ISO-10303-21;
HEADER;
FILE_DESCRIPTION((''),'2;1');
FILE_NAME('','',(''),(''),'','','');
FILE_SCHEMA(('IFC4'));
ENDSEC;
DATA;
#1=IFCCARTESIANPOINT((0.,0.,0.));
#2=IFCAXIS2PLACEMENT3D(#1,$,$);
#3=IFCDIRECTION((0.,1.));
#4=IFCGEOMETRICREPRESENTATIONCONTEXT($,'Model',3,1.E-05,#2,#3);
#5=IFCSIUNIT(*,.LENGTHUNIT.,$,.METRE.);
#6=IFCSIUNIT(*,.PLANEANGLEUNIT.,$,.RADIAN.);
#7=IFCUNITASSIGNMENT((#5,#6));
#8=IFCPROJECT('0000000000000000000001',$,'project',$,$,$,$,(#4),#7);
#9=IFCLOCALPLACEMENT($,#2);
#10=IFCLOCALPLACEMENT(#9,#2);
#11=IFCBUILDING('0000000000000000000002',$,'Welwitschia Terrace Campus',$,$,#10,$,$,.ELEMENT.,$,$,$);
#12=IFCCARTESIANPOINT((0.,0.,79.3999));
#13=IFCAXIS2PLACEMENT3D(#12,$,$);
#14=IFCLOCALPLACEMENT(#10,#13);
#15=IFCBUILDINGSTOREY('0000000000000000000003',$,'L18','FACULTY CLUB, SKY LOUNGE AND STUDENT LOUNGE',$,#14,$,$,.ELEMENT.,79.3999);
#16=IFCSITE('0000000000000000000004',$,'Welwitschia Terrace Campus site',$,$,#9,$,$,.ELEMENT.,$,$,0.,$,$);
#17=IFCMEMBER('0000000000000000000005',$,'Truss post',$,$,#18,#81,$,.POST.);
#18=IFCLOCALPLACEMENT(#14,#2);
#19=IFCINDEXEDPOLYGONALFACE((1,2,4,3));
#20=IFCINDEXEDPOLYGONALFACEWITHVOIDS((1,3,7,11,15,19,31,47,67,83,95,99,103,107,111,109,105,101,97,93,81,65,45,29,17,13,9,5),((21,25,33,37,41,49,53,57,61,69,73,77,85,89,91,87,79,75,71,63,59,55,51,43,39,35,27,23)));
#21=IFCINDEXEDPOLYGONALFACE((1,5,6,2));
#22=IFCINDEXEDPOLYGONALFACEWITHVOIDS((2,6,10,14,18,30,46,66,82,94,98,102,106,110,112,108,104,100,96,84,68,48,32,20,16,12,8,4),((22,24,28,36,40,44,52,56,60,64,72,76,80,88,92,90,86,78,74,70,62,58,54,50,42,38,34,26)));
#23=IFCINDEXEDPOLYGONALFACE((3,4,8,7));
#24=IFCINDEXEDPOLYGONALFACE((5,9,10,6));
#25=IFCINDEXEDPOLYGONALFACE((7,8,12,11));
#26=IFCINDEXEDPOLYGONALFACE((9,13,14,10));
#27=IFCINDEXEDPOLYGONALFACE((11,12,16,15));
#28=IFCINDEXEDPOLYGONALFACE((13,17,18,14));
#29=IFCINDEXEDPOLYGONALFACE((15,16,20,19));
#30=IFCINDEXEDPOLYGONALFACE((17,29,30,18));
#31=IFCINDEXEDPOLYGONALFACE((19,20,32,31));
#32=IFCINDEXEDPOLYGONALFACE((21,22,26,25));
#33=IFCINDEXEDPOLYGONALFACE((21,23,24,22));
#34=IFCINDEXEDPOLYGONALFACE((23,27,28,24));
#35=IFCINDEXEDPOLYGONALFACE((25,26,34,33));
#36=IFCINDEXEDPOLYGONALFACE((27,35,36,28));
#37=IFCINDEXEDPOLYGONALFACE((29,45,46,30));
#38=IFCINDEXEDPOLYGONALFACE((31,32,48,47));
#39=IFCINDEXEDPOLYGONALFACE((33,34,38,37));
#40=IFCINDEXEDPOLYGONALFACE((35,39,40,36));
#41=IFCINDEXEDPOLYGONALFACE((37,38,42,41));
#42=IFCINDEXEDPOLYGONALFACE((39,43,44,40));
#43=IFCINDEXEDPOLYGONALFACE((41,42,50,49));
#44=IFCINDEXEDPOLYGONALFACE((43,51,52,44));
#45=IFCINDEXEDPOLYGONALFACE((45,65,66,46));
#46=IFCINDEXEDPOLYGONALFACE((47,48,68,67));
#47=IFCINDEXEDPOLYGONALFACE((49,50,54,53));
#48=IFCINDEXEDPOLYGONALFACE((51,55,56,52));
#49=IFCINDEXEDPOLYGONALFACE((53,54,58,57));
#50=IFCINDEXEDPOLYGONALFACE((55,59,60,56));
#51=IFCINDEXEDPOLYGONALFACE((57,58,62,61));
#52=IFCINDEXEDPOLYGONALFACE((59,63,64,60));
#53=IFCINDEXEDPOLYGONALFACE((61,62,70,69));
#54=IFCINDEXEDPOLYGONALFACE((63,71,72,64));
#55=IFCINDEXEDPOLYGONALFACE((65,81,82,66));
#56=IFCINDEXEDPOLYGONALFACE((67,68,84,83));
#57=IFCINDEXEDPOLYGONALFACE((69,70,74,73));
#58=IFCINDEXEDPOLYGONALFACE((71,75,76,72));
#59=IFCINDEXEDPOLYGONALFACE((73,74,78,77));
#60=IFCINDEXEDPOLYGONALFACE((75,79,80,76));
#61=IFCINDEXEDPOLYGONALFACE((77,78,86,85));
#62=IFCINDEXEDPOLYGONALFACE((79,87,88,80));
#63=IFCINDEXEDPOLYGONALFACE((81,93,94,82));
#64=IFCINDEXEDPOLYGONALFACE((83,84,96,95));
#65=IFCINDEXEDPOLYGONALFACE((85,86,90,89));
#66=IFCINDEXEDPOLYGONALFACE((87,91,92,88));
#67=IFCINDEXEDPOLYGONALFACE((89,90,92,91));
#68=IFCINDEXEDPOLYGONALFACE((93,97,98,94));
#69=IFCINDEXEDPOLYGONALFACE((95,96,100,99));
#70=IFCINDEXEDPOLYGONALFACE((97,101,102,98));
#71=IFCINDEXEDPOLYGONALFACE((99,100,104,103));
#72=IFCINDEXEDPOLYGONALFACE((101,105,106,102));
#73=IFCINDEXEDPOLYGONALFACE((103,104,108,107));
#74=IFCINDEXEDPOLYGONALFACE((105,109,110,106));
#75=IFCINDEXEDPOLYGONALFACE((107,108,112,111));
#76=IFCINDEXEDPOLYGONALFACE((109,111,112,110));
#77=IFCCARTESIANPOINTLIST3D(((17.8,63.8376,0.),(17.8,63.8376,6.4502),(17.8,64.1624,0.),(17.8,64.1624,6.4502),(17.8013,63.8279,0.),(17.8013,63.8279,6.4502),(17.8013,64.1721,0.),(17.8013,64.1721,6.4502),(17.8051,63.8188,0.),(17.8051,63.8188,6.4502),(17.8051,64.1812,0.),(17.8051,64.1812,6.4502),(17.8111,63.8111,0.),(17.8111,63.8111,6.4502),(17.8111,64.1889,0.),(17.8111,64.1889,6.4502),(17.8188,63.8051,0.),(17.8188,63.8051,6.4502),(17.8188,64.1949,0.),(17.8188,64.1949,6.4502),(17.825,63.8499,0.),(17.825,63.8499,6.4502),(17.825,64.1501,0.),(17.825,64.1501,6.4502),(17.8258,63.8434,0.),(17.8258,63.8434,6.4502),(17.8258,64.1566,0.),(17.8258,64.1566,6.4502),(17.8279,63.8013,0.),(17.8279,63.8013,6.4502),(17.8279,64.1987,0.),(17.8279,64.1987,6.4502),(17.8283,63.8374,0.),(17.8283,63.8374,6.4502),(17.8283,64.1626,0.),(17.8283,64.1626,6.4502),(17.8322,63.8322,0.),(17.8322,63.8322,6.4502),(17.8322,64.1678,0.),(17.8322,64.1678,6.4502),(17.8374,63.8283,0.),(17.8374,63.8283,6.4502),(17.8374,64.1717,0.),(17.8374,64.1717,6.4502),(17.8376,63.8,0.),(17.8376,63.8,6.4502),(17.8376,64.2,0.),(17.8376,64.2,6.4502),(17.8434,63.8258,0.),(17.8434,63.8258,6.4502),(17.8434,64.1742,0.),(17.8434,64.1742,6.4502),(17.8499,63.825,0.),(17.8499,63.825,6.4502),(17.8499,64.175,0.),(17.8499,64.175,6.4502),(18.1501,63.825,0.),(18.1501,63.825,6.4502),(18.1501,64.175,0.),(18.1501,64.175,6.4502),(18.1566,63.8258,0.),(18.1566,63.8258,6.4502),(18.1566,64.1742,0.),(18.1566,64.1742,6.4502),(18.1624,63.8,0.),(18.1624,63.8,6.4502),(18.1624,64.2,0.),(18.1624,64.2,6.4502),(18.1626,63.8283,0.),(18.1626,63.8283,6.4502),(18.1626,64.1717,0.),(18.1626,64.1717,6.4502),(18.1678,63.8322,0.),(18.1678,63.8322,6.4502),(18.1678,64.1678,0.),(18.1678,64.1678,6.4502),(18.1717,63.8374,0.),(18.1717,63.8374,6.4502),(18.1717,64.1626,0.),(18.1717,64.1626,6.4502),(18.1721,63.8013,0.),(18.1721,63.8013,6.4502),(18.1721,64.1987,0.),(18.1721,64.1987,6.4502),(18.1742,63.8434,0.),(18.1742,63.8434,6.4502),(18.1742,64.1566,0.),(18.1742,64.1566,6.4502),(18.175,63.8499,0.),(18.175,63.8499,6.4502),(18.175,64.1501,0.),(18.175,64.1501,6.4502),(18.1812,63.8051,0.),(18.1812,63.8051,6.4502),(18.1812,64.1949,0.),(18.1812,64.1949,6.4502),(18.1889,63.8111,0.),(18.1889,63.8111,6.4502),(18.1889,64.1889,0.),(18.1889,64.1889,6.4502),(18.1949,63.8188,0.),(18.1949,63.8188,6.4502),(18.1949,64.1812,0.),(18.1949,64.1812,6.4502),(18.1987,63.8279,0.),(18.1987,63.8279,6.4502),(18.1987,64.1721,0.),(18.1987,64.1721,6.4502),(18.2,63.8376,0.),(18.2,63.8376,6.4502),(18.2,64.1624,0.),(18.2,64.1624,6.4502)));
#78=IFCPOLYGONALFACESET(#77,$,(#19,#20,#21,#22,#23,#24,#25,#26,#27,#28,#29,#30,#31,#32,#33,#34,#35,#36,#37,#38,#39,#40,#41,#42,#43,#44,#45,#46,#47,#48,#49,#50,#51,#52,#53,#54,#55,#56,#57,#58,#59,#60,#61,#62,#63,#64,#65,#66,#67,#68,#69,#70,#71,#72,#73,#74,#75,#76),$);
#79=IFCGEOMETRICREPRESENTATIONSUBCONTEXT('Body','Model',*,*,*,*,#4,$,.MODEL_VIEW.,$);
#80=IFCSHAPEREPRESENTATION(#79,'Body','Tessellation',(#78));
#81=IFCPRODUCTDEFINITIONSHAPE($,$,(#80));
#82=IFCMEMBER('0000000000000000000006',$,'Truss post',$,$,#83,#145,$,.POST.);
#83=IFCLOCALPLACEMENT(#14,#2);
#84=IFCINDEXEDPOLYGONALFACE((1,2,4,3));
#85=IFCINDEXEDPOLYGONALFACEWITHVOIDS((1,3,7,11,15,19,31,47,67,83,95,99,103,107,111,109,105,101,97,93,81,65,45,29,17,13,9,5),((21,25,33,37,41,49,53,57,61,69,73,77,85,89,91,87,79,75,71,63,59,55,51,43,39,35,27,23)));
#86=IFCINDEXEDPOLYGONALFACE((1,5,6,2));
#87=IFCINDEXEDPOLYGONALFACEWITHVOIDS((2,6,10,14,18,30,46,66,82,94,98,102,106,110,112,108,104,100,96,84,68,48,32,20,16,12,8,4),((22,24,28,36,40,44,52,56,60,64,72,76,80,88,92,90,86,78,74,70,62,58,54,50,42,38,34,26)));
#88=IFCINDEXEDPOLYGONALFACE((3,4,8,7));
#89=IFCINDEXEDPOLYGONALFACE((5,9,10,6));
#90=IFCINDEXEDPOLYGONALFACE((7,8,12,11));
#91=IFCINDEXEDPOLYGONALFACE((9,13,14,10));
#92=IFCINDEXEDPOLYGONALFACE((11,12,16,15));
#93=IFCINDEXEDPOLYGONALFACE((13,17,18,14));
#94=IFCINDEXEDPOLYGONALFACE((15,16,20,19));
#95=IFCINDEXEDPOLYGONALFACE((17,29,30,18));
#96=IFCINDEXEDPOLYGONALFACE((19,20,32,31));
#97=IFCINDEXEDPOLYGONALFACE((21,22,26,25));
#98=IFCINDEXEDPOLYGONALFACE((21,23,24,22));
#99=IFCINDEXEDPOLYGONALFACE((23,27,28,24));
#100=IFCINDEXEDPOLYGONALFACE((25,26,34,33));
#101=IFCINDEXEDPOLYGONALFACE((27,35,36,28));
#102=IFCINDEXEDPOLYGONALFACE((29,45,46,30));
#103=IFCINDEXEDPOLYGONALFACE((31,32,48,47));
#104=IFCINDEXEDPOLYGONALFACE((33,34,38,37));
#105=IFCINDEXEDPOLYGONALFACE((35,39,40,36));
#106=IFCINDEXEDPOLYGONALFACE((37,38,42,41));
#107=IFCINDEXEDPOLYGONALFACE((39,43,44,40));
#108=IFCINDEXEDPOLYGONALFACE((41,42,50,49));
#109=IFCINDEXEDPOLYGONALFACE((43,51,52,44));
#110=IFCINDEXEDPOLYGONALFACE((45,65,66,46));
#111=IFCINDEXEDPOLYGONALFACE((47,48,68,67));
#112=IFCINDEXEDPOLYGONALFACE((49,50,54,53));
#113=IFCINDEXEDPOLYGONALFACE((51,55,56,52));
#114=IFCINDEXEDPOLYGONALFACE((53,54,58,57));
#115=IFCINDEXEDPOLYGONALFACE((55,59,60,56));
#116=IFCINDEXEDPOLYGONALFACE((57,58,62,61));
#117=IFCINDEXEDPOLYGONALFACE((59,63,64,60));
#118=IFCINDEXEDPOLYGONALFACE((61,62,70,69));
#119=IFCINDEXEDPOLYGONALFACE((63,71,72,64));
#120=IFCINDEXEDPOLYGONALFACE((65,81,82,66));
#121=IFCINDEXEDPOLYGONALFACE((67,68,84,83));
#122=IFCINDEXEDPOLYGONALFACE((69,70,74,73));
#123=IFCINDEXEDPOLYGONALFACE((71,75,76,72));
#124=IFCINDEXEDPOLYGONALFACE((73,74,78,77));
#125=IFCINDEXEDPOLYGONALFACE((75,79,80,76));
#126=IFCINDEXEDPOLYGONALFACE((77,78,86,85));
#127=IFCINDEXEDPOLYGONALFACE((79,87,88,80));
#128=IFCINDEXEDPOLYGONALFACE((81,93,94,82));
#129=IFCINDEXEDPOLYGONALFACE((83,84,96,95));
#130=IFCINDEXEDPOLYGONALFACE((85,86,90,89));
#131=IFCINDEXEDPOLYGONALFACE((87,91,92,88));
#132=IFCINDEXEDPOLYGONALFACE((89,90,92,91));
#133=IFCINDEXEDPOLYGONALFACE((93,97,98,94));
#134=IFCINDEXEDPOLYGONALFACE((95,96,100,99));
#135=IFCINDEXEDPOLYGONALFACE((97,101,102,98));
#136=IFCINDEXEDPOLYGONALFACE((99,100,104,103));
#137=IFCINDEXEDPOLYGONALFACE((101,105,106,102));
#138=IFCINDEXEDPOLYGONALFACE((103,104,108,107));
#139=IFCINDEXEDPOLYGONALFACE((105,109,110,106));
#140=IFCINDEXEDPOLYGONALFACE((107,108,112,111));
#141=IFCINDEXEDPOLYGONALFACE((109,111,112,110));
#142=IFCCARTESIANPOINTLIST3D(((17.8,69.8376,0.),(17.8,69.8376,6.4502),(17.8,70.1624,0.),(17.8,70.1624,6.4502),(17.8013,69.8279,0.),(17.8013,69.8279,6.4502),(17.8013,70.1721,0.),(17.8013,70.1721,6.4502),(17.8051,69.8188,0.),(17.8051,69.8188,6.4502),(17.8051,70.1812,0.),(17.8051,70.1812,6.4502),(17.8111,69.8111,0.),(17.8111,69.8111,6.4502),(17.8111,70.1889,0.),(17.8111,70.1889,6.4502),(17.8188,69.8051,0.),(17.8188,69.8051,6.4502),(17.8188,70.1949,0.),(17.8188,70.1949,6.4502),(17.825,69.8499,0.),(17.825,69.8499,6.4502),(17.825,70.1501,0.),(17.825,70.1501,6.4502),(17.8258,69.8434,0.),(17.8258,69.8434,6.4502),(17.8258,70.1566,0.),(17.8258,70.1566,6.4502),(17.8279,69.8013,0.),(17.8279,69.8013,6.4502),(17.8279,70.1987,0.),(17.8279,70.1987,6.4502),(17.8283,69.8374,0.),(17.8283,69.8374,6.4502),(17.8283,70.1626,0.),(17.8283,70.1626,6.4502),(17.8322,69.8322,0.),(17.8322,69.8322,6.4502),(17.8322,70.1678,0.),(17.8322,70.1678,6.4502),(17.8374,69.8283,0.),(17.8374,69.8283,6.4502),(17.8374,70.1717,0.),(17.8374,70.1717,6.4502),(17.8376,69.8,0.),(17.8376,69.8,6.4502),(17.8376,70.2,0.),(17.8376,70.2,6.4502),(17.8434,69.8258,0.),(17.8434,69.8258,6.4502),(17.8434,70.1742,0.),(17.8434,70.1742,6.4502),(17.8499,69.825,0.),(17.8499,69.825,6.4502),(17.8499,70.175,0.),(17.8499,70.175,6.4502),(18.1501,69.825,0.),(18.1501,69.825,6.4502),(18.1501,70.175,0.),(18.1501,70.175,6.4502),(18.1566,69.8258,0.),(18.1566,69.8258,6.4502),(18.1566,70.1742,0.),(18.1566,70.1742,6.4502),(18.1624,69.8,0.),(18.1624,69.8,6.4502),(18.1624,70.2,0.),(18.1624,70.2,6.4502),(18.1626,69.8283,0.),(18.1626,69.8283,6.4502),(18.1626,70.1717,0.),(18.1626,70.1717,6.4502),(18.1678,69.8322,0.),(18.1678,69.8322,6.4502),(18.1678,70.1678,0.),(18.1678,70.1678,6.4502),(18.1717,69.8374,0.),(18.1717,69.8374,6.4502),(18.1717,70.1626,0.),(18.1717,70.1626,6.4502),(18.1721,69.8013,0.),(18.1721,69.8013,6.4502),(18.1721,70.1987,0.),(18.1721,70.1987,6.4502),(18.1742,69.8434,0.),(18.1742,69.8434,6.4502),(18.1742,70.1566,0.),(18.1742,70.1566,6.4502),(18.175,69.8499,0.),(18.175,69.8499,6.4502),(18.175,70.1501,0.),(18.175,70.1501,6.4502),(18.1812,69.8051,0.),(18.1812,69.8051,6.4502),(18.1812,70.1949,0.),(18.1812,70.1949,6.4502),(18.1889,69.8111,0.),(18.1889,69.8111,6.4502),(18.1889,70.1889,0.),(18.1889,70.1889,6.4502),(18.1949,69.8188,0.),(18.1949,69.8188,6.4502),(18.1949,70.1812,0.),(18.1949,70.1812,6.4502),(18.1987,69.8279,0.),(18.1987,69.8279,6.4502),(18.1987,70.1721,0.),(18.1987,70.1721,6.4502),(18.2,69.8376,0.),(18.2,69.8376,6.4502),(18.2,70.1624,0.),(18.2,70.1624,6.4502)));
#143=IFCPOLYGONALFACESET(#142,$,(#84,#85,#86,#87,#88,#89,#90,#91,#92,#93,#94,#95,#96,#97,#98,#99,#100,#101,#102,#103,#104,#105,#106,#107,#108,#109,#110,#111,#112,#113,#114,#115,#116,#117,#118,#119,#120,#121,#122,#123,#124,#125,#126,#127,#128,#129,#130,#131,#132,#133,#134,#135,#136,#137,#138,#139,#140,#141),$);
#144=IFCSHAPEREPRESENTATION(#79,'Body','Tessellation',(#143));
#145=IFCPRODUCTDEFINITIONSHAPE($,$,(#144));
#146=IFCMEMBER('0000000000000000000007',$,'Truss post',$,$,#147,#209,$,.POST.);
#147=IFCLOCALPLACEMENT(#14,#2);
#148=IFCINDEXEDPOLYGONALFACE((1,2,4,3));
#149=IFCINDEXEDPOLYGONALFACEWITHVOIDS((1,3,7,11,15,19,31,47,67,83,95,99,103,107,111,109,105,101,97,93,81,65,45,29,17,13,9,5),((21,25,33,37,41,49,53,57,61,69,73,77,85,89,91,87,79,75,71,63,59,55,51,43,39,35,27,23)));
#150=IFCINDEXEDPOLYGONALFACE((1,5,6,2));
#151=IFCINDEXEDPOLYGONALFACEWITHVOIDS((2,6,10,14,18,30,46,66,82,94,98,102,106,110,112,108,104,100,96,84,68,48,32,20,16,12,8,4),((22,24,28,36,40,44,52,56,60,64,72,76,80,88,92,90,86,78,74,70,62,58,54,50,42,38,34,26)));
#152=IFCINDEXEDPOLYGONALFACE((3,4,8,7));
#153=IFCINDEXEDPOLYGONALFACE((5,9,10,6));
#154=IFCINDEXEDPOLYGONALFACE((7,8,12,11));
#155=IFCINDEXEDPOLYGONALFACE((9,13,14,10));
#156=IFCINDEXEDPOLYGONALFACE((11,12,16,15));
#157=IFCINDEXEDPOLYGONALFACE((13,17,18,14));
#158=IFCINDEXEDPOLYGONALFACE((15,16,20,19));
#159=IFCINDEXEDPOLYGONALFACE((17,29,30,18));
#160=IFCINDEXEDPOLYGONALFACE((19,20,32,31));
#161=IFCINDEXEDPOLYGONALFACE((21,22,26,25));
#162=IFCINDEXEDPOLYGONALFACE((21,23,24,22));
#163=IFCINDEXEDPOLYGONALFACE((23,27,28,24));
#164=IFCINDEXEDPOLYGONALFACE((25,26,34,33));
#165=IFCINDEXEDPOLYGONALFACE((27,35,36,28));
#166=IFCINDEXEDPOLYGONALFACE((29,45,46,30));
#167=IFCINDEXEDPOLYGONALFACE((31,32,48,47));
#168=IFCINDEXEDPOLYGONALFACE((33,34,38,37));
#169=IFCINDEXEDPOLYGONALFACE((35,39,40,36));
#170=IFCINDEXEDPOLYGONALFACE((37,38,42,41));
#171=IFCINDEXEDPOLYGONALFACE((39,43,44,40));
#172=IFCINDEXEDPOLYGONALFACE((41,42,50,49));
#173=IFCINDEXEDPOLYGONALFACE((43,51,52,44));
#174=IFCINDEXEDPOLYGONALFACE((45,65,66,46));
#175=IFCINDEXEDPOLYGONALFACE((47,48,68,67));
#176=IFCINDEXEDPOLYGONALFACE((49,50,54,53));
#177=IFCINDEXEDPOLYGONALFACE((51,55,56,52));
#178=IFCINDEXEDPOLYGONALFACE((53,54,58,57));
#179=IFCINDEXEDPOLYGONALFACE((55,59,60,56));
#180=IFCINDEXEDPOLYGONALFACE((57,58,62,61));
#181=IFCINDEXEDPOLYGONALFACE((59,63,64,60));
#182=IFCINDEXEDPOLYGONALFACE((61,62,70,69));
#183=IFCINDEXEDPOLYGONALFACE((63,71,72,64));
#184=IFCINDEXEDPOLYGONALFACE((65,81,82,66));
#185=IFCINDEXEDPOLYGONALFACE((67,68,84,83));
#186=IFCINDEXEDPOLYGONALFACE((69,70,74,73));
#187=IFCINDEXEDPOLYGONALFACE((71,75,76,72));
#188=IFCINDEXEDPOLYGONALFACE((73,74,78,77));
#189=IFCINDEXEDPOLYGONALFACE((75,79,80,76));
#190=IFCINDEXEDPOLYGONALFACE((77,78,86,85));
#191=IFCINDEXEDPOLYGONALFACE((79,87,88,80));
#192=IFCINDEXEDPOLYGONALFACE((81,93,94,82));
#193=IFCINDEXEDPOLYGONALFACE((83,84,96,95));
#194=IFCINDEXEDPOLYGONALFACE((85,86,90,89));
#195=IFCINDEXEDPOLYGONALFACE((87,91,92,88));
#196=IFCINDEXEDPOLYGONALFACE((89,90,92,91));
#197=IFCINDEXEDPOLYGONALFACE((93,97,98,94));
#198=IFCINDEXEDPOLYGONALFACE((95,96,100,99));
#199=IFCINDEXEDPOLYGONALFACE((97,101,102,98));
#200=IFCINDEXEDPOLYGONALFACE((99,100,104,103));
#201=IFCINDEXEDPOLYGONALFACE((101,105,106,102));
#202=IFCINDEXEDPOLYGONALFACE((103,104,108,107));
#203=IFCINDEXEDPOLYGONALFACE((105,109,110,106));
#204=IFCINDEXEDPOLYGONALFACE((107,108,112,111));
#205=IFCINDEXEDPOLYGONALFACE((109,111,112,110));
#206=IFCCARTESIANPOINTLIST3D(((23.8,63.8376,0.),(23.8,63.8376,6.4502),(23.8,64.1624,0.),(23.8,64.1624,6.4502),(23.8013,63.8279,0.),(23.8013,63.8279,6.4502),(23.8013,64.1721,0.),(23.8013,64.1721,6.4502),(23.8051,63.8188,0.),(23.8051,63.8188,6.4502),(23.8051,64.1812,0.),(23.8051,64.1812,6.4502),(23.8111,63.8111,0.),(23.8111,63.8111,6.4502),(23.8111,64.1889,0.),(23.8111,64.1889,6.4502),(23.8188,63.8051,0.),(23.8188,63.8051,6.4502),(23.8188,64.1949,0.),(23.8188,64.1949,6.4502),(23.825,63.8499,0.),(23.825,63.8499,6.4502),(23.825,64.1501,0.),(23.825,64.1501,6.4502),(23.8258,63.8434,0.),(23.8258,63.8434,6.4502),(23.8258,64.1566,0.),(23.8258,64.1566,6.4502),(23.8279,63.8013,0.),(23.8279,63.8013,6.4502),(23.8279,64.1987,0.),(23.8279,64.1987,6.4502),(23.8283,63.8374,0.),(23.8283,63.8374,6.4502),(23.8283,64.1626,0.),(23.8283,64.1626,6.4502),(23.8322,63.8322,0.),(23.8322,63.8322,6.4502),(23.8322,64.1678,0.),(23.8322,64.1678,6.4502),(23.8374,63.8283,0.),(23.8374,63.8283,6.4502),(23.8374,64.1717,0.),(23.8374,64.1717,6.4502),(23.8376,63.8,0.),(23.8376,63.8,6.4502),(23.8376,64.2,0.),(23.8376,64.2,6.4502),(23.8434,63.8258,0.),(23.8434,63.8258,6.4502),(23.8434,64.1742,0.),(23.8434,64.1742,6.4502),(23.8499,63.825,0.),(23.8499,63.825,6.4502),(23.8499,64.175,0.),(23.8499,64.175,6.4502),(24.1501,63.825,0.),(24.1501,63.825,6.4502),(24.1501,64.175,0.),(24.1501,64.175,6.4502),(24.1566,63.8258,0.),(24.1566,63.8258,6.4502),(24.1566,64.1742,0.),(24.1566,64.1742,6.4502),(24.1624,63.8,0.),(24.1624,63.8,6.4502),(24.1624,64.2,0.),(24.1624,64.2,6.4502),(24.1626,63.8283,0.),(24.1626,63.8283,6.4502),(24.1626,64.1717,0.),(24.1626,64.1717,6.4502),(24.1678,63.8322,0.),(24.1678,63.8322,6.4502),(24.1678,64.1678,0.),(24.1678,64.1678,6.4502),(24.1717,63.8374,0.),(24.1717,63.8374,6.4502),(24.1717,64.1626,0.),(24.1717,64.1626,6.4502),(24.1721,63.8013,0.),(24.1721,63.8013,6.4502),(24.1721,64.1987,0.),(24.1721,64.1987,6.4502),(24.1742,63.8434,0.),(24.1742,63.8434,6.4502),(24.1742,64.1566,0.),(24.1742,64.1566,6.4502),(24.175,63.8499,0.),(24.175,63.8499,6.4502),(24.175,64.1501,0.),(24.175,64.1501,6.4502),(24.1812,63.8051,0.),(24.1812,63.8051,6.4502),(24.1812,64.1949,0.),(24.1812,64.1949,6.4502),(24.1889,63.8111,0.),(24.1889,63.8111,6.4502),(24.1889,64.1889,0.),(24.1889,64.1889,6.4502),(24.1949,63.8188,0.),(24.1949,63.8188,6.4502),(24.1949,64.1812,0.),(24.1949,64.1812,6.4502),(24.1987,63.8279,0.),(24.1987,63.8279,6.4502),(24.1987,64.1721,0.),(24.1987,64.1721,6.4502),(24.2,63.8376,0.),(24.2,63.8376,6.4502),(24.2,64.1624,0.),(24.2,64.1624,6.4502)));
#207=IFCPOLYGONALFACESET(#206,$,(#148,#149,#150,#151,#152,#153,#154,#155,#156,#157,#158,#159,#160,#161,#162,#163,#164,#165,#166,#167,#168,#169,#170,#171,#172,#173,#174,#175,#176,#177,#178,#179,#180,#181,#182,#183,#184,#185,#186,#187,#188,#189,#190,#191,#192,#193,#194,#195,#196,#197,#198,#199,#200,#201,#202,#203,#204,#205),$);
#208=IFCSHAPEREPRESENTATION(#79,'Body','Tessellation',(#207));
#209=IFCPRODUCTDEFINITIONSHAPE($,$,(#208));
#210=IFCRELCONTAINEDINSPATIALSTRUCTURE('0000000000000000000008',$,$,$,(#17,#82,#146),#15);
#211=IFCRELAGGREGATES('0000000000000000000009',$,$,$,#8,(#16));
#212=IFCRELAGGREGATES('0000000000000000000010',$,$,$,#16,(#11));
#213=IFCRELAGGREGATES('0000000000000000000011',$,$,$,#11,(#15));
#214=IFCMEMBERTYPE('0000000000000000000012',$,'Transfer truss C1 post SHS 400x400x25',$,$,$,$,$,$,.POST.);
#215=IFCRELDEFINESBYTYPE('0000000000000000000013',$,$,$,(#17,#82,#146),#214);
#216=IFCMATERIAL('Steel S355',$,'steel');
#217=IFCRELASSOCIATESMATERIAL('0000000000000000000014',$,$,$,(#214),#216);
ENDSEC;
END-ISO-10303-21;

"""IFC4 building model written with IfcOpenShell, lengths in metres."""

from ifc_helpers import new_model, si_unit, direction, frame, origin, origin_2d, place, context, subcontext, project, spatial, hollow_rectangle, extrude, material, material_profile, profile_set, type_object, element, save


model = new_model("IFC4")

# Units and contexts
model_context = context("Model", 3, precision=1e-05, world=origin(), true_north=direction((0.0, 1.0)))
body_context = subcontext(model_context, "Body", "Model", "MODEL_VIEW")
ifc_project = project(units=[si_unit("LENGTHUNIT", "METRE"), si_unit("PLANEANGLEUNIT", "RADIAN")], contexts=[model_context])

# Site, building, storey
site_placement = place(None, origin())
site = spatial("IfcSite", under=ifc_project, at=site_placement, Name="Welwitschia Terrace Campus site", CompositionType="ELEMENT", RefElevation=0.0)
building_placement = place(site_placement, origin())
building = spatial("IfcBuilding", under=site, at=building_placement, Name="Welwitschia Terrace Campus", CompositionType="ELEMENT")
storey_placement = place(building_placement, frame((0.0, 0.0, 79.3999)))
storey = spatial("IfcBuildingStorey", under=building, at=storey_placement, Name="L18", Description="FACULTY CLUB, SKY LOUNGE AND STUDENT LOUNGE", CompositionType="ELEMENT", Elevation=79.3999)

# Members
ifc_material_1 = material(Name="Steel S355", Category="steel")
ifc_material_profile_1 = material_profile(ifc_material_1, hollow_rectangle(XDim=0.3999, YDim=0.3999, WallThickness=0.0249, InnerFilletRadius=0.0249, OuterFilletRadius=0.0376, at=origin_2d()))
ifc_profile_set_1 = profile_set([ifc_material_profile_1], Name="Steel S355")
member_type_1 = type_object("IfcMemberType", Name="Transfer truss C1 post SHS 400x400x25", PredefinedType="POST", material=ifc_profile_set_1)
for number, where, z_axis, x_axis, name in (
    (1, (18.0, 64.0, 0.0), (0.0, 0.0, 1.0), (1.0, 0.0, 0.0), "Truss post"),
    (2, (18.0, 70.0, 0.0), (0.0, 0.0, 1.0), (1.0, 0.0, 0.0), "Truss post"),
    (3, (24.0, 64.0, 0.0), (0.0, 0.0, 1.0), (1.0, 0.0, 0.0), "Truss post"),
):
    element("IfcMember", number, at=place(storey_placement, frame(where, z_axis=z_axis, x_axis=x_axis)), inside=storey, type_object=member_type_1, Name=name, PredefinedType="POST", context=body_context, shape_type="SweptSolid", body=[
        extrude(hollow_rectangle(XDim=0.3999, YDim=0.3999, WallThickness=0.0249, InnerFilletRadius=0.0249, OuterFilletRadius=0.0376, at=origin_2d()), origin(), (0.0, 0.0, 1.0), 6.4502),
    ])

save(model, "model.ifc")
